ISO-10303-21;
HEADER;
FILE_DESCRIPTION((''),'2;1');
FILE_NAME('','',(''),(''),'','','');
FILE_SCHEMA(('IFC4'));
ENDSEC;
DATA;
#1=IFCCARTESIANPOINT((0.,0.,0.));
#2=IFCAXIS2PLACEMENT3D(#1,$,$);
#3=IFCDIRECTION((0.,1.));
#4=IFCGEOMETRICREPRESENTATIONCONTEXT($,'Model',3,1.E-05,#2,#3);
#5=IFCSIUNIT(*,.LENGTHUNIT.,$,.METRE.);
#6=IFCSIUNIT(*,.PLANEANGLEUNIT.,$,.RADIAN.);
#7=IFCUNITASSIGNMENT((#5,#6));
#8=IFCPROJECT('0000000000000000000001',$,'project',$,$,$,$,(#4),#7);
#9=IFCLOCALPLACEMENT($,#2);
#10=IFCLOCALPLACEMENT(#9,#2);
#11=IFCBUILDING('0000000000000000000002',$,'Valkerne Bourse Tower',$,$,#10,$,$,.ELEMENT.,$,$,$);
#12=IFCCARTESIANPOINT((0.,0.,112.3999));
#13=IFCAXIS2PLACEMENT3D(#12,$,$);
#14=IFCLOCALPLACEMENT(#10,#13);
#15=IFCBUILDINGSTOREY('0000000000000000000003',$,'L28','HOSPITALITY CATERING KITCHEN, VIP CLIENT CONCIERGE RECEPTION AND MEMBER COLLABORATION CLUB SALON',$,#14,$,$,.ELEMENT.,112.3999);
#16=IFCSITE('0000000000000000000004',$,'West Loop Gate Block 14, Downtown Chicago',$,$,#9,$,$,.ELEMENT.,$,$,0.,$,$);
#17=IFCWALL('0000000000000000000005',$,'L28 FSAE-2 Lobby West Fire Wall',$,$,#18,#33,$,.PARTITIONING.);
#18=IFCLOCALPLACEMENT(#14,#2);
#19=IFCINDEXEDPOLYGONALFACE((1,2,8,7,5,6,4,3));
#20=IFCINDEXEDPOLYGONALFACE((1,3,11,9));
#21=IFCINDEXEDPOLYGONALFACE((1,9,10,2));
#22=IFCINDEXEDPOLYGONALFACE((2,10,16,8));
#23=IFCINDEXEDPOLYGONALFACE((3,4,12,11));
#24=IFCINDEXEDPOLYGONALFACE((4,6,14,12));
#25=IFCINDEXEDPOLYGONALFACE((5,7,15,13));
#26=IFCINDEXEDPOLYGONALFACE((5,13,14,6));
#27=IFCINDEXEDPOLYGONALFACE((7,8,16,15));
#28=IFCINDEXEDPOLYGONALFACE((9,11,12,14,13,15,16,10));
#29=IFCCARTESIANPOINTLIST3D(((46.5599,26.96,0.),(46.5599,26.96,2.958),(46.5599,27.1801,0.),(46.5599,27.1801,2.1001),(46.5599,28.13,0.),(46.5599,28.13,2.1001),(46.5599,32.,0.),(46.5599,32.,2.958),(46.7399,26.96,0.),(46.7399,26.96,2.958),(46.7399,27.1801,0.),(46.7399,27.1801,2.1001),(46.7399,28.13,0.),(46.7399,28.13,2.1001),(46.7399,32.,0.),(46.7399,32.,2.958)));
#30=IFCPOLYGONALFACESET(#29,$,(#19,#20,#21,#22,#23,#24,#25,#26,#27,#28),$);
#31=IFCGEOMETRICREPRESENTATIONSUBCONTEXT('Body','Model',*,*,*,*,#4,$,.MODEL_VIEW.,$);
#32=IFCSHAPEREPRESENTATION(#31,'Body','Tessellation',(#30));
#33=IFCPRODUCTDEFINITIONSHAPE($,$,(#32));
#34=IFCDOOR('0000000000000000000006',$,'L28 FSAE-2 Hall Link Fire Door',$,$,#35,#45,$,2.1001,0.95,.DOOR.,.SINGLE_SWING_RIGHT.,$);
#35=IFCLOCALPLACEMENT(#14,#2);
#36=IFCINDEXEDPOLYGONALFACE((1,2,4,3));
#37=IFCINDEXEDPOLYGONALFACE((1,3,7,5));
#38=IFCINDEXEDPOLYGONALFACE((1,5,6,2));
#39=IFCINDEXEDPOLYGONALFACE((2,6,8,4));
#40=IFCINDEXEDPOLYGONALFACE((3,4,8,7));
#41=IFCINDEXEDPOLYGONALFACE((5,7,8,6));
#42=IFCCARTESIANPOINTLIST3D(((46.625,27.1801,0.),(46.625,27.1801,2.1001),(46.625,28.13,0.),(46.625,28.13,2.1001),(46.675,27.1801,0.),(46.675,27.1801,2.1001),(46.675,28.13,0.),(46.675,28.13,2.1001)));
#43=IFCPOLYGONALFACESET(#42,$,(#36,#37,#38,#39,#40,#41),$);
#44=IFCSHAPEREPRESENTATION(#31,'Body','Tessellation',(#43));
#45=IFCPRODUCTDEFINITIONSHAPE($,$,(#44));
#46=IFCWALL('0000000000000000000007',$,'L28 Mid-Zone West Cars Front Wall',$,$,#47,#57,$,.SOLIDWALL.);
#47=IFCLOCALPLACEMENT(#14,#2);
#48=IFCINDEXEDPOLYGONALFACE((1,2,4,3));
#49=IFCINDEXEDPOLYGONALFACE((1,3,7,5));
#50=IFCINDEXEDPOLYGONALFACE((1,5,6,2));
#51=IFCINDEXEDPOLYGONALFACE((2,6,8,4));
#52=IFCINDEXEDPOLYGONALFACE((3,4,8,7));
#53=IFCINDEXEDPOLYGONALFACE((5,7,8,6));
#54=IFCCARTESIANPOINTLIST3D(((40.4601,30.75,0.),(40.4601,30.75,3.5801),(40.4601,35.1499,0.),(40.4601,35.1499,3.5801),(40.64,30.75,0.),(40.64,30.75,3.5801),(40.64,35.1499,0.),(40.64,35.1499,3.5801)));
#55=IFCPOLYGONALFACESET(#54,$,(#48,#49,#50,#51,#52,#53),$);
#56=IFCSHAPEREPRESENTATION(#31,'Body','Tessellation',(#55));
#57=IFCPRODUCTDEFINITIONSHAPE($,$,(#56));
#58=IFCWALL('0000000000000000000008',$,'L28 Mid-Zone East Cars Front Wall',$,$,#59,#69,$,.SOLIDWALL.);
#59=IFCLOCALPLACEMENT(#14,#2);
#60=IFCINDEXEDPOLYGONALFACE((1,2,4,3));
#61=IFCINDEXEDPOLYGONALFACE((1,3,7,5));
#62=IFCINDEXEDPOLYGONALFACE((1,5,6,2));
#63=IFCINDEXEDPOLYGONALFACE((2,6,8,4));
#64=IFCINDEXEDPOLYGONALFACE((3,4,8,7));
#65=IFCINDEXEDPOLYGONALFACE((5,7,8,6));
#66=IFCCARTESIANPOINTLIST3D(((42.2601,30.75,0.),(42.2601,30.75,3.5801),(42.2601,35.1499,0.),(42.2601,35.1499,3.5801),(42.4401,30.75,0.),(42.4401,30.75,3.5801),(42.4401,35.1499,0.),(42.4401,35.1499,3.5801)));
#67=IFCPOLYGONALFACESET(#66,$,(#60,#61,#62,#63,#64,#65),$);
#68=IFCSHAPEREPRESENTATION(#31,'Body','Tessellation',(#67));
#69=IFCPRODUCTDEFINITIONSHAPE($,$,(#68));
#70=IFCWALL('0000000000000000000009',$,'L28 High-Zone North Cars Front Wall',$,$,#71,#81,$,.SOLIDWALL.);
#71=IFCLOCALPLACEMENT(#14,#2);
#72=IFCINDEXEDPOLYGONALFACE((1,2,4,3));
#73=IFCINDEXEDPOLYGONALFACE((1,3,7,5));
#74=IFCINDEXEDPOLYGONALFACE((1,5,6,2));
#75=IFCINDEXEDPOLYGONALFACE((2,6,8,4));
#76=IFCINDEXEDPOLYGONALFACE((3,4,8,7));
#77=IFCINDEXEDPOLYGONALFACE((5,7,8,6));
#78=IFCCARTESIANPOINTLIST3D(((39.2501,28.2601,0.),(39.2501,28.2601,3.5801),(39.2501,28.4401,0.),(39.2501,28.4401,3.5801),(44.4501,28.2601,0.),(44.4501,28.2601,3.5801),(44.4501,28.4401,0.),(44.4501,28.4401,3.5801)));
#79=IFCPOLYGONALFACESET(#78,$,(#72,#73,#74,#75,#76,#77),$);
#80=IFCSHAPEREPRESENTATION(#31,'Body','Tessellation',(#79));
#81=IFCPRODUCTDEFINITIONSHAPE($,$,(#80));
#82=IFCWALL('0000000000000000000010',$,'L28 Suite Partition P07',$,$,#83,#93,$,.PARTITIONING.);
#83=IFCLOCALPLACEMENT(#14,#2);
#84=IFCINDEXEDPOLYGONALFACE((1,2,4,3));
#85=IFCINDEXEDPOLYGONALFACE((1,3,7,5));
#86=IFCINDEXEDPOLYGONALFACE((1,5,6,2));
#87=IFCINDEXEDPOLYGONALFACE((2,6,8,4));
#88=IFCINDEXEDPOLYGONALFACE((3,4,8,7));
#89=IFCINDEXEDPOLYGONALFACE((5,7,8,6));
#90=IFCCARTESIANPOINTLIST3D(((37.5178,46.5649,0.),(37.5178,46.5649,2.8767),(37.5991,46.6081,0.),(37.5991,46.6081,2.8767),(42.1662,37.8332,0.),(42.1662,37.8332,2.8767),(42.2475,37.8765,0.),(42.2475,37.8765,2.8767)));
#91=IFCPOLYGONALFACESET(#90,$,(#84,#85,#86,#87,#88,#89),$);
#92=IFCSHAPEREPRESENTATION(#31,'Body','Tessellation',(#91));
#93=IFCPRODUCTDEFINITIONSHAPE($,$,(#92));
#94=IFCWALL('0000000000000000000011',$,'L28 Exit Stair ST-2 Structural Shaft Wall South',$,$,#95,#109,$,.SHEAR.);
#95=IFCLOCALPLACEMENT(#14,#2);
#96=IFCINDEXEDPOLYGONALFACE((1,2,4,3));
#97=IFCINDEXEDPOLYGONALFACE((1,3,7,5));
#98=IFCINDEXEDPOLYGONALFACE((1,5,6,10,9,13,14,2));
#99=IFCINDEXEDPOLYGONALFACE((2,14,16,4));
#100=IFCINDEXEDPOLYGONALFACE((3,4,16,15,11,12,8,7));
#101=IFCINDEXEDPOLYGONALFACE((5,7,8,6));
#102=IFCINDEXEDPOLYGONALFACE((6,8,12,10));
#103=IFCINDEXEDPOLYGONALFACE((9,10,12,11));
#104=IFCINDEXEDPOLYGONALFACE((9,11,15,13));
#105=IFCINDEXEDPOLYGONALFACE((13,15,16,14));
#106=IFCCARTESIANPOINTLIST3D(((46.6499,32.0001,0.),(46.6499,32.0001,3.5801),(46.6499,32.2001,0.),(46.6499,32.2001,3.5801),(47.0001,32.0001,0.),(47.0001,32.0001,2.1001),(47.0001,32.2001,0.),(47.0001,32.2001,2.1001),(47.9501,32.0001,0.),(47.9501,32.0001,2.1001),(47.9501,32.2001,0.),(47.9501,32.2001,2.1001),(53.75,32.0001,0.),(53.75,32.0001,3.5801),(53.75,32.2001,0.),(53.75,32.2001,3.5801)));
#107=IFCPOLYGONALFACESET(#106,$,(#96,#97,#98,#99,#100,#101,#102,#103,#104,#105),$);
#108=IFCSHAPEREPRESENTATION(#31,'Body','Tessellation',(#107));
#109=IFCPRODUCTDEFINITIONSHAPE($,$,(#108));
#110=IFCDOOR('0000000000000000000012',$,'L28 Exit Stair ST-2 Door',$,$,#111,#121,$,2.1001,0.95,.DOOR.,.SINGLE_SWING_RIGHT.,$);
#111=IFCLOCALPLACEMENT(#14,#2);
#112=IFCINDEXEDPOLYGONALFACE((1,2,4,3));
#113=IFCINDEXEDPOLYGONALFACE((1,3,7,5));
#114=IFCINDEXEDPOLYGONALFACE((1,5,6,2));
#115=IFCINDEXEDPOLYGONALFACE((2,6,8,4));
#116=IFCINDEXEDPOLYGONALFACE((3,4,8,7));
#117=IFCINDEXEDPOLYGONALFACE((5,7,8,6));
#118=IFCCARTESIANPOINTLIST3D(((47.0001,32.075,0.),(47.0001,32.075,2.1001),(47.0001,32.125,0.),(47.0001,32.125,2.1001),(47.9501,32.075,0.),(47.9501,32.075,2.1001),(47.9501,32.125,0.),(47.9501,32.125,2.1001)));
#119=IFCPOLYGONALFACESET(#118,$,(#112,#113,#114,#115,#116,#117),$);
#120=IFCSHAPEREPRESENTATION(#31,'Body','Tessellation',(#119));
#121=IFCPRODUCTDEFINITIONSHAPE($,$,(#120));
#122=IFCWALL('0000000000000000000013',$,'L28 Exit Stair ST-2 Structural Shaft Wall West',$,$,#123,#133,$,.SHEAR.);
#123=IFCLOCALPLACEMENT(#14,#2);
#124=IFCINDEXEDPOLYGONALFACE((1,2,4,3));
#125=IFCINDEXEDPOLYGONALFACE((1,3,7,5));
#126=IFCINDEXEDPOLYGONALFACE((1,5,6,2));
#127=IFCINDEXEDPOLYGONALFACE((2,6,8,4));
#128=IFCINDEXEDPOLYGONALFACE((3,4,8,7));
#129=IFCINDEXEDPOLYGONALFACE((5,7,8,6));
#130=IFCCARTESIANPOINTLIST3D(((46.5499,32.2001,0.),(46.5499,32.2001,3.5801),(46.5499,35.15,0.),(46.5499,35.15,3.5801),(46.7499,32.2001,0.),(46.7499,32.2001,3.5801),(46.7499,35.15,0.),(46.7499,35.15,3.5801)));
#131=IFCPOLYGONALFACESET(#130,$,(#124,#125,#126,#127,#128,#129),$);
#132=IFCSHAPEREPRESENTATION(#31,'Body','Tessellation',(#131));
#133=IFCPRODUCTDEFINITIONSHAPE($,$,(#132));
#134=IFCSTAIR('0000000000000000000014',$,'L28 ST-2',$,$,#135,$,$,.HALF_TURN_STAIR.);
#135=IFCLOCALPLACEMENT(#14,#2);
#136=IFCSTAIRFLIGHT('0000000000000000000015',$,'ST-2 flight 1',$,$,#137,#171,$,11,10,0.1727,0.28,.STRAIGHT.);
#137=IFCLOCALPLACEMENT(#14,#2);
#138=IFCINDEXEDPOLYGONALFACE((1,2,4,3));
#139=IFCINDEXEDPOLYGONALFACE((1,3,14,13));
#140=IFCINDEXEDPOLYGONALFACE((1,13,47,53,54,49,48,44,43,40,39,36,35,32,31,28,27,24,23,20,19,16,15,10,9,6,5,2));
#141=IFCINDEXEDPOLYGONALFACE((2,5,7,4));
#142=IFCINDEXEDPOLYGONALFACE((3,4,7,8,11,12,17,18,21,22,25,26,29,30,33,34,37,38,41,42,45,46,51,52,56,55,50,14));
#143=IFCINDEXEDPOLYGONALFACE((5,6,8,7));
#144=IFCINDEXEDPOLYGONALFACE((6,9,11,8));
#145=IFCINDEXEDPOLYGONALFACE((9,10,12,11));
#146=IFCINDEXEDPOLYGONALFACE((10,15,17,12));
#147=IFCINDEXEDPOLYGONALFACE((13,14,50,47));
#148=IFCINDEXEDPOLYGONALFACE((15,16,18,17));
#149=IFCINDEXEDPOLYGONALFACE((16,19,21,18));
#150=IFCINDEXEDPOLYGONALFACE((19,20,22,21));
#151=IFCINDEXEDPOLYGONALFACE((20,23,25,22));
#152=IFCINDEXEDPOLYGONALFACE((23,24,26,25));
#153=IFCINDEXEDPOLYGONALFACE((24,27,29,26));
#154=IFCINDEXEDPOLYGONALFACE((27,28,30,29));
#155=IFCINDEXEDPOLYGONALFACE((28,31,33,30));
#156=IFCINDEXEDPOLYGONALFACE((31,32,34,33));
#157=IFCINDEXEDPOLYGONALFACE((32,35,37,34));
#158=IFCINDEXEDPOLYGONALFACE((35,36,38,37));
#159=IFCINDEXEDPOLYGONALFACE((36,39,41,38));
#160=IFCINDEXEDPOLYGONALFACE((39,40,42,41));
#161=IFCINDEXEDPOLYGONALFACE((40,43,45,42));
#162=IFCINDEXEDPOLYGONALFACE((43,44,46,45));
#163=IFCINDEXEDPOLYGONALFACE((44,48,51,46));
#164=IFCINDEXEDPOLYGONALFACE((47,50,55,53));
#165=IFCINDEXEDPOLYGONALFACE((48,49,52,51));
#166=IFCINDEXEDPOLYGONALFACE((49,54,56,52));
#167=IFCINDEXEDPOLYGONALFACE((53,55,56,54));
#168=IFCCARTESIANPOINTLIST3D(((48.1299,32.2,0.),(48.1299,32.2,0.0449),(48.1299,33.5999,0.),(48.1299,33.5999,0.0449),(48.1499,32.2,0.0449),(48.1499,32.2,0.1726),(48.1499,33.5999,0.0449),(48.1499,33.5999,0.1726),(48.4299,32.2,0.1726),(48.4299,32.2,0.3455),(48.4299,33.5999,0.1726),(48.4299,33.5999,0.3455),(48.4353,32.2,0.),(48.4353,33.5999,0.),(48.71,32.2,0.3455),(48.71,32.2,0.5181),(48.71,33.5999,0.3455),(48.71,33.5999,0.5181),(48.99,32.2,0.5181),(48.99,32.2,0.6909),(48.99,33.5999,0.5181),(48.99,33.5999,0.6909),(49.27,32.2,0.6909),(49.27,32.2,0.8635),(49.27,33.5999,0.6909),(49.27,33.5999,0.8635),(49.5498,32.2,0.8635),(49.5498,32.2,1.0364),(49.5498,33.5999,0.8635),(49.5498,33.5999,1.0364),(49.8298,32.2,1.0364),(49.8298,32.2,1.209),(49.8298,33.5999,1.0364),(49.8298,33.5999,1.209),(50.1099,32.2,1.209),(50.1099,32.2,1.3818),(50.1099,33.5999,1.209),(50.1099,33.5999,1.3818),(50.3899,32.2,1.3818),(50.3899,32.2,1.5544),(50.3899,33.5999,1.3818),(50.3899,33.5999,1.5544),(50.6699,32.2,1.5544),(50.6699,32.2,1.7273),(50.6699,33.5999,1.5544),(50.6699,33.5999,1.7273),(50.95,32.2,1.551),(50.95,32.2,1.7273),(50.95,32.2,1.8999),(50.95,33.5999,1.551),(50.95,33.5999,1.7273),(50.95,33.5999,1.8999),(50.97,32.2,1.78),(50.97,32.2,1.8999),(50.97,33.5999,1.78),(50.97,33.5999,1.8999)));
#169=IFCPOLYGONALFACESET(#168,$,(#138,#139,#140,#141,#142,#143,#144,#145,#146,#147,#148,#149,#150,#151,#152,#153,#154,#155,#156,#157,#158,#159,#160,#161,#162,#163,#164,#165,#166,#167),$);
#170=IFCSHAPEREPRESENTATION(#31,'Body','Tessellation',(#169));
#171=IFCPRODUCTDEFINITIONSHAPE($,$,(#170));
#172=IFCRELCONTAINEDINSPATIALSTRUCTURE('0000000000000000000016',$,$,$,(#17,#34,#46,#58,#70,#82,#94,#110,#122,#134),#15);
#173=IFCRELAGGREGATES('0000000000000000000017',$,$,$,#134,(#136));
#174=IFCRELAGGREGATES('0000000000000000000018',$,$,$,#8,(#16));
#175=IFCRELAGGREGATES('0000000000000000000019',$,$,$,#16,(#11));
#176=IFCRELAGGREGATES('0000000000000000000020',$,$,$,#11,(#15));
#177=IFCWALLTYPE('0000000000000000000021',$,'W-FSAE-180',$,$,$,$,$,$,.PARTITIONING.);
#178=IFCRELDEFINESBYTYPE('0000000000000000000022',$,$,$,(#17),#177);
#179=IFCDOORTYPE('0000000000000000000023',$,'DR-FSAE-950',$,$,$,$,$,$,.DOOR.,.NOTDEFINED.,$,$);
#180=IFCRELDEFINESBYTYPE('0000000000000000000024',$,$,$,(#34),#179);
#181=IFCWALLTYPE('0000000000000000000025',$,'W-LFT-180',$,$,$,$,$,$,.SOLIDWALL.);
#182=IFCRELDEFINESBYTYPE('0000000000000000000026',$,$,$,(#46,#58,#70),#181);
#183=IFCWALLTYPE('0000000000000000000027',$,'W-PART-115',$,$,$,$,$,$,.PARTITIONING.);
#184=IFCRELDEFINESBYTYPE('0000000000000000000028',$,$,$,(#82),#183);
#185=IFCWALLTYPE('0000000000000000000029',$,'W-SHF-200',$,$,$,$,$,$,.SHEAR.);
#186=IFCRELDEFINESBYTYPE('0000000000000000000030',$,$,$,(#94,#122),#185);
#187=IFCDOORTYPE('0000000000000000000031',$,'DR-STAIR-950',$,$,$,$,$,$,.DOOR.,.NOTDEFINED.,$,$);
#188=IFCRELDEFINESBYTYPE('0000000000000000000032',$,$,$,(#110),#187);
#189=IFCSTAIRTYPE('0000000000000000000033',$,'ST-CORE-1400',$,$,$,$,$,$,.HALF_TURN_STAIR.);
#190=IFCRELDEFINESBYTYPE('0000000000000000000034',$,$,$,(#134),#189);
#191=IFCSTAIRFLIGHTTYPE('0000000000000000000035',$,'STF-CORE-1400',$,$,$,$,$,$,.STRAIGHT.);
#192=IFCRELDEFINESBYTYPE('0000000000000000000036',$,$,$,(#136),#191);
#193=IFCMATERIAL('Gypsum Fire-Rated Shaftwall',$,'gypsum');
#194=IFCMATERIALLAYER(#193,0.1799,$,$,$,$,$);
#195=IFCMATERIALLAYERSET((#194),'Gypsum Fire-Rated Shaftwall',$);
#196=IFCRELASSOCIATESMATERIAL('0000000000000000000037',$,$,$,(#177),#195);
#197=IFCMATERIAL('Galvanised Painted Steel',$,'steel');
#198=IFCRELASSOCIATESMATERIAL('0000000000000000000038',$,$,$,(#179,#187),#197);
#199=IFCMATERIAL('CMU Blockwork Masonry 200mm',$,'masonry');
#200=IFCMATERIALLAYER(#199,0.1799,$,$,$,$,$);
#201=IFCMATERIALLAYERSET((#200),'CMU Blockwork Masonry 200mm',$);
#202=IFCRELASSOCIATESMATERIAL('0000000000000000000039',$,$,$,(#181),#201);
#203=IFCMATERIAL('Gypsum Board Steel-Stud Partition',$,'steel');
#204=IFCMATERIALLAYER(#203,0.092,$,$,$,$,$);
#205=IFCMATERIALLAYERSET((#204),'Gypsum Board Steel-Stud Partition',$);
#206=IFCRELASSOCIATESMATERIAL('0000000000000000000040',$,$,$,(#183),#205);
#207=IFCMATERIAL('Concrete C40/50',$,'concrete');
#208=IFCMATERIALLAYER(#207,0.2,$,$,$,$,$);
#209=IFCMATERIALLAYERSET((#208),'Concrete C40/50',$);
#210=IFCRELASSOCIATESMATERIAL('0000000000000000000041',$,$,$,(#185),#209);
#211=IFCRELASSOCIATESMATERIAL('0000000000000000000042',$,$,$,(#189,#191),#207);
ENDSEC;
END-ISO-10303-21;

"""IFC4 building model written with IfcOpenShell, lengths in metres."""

from ifc_helpers import new_model, si_unit, direction, frame, frame_2d, origin, place, context, subcontext, project, spatial, polyline, rectangle, outline, extrude, material, layer, layer_set, type_object, element, fill, aggregate, save


model = new_model("IFC4")

# Units and contexts
model_context = context("Model", 3, precision=1e-05, world=origin(), true_north=direction((0.0, 1.0)))
body_context = subcontext(model_context, "Body", "Model", "MODEL_VIEW")
ifc_project = project(units=[si_unit("LENGTHUNIT", "METRE"), si_unit("PLANEANGLEUNIT", "RADIAN")], contexts=[model_context])

# Site, building, storey
site_placement = place(None, origin())
site = spatial("IfcSite", under=ifc_project, at=site_placement, Name="West Loop Gate Block 14, Downtown Chicago", CompositionType="ELEMENT", RefElevation=0.0)
building_placement = place(site_placement, origin())
building = spatial("IfcBuilding", under=site, at=building_placement, Name="Valkerne Bourse Tower", CompositionType="ELEMENT")
storey_placement = place(building_placement, frame((0.0, 0.0, 112.3999)))
storey = spatial("IfcBuildingStorey", under=building, at=storey_placement, Name="L28", Description="HOSPITALITY CATERING KITCHEN, VIP CLIENT CONCIERGE RECEPTION AND MEMBER COLLABORATION CLUB SALON", CompositionType="ELEMENT", Elevation=112.3999)

# Wall, opening, door
ifc_material_1 = material(Name="Gypsum Fire-Rated Shaftwall", Category="gypsum")
ifc_layer_1 = layer(ifc_material_1, 0.1799)
ifc_layer_set_1 = layer_set([ifc_layer_1], Name="Gypsum Fire-Rated Shaftwall")
wall_type_1 = type_object("IfcWallType", Name="W-FSAE-180", PredefinedType="PARTITIONING", material=ifc_layer_set_1)
wall_1_placement = place(storey_placement, frame((46.6499, 26.96, 0.0), z_axis=(0.0, 0.0, 1.0), x_axis=(0.0, 1.0, 0.0)))
wall_1 = element("IfcWall", 1, at=wall_1_placement, inside=storey, type_object=wall_type_1, Name="L28 FSAE-2 Lobby West Fire Wall", PredefinedType="PARTITIONING", context=body_context, shape_type="SweptSolid", body=[
    extrude(rectangle(XDim=5.04, YDim=0.1799, at=frame_2d((2.52, 0.0))), origin(), (0.0, 0.0, 1.0), 2.958),
])
opening_1_placement = place(wall_1_placement, frame((0.22, 0.0, 0.0)))
opening_1 = element("IfcOpeningElement", 2, at=opening_1_placement, cuts=wall_1, PredefinedType="OPENING", context=body_context, shape_type="SweptSolid", body=[
    extrude(rectangle(XDim=0.95, YDim=2.1001, at=frame_2d((0.4751, 1.05))), frame((0.0, 0.0999, 0.0), z_axis=(0.0, -1.0, 0.0), x_axis=(1.0, 0.0, 0.0)), (0.0, 0.0, 1.0), 0.2),
])
ifc_material_2 = material(Name="Galvanised Painted Steel", Category="steel")
door_type_1 = type_object("IfcDoorType", Name="DR-FSAE-950", OperationType="NOTDEFINED", PredefinedType="DOOR", material=ifc_material_2)
door_1_placement = place(opening_1_placement, origin())
door_1 = element("IfcDoor", 3, at=door_1_placement, inside=storey, type_object=door_type_1, Name="L28 FSAE-2 Hall Link Fire Door", OperationType="SINGLE_SWING_RIGHT", OverallHeight=2.1001, OverallWidth=0.95, PredefinedType="DOOR", context=body_context, shape_type="SweptSolid", body=[
    extrude(rectangle(XDim=0.95, YDim=2.1001, at=frame_2d((0.4751, 1.05))), frame((0.0, 0.0249, 0.0), z_axis=(0.0, -1.0, 0.0), x_axis=(1.0, 0.0, 0.0)), (0.0, 0.0, 1.0), 0.05),
])
fill(opening_1, door_1)

# Walls
ifc_material_3 = material(Name="CMU Blockwork Masonry 200mm", Category="masonry")
ifc_layer_2 = layer(ifc_material_3, 0.1799)
ifc_layer_set_2 = layer_set([ifc_layer_2], Name="CMU Blockwork Masonry 200mm")
wall_type_2 = type_object("IfcWallType", Name="W-LFT-180", PredefinedType="SOLIDWALL", material=ifc_layer_set_2)
for number, where, z_axis, x_axis, name in (
    (4, (40.55, 30.75, 0.0), (0.0, 0.0, 1.0), (0.0, 1.0, 0.0), "L28 Mid-Zone West Cars Front Wall"),
    (5, (42.3501, 30.75, 0.0), (0.0, 0.0, 1.0), (0.0, 1.0, 0.0), "L28 Mid-Zone East Cars Front Wall"),
):
    element("IfcWall", number, at=place(storey_placement, frame(where, z_axis=z_axis, x_axis=x_axis)), inside=storey, type_object=wall_type_2, Name=name, PredefinedType="SOLIDWALL", context=body_context, shape_type="SweptSolid", body=[
        extrude(rectangle(XDim=4.3999, YDim=0.1799, at=frame_2d((2.2, 0.0))), origin(), (0.0, 0.0, 1.0), 3.5801),
    ])
wall_2_placement = place(storey_placement, frame((39.25, 28.3501, 0.0), z_axis=(0.0, 0.0, 1.0), x_axis=(1.0, 0.0, 0.0)))
element("IfcWall", 6, at=wall_2_placement, inside=storey, type_object=wall_type_2, Name="L28 High-Zone North Cars Front Wall", PredefinedType="SOLIDWALL", context=body_context, shape_type="SweptSolid", body=[
    extrude(rectangle(XDim=5.2, YDim=0.1799, at=frame_2d((2.6001, 0.0))), origin(), (0.0, 0.0, 1.0), 3.5801),
])
ifc_material_4 = material(Name="Gypsum Board Steel-Stud Partition", Category="steel")
ifc_layer_3 = layer(ifc_material_4, 0.092)
ifc_layer_set_3 = layer_set([ifc_layer_3], Name="Gypsum Board Steel-Stud Partition")
wall_type_3 = type_object("IfcWallType", Name="W-PART-115", PredefinedType="PARTITIONING", material=ifc_layer_set_3)
wall_3_placement = place(storey_placement, frame((42.2068, 37.855, 0.0), z_axis=(0.0, 0.0, 1.0), x_axis=(-0.469922, 0.882708, 0.0)))
element("IfcWall", 7, at=wall_3_placement, inside=storey, type_object=wall_type_3, Name="L28 Suite Partition P07", PredefinedType="PARTITIONING", context=body_context, shape_type="SweptSolid", body=[
    extrude(rectangle(XDim=9.8918, YDim=0.092, at=frame_2d((4.9458, 0.0))), origin(), (0.0, 0.0, 1.0), 2.8767),
])

# Wall, opening, door
ifc_material_5 = material(Name="Concrete C40/50", Category="concrete")
ifc_layer_4 = layer(ifc_material_5, 0.2)
ifc_layer_set_4 = layer_set([ifc_layer_4], Name="Concrete C40/50")
wall_type_4 = type_object("IfcWallType", Name="W-SHF-200", PredefinedType="SHEAR", material=ifc_layer_set_4)
wall_4_placement = place(storey_placement, frame((46.6499, 32.1001, 0.0), z_axis=(0.0, 0.0, 1.0), x_axis=(1.0, 0.0, 0.0)))
wall_4 = element("IfcWall", 8, at=wall_4_placement, inside=storey, type_object=wall_type_4, Name="L28 Exit Stair ST-2 Structural Shaft Wall South", PredefinedType="SHEAR", context=body_context, shape_type="SweptSolid", body=[
    extrude(rectangle(XDim=7.1001, YDim=0.2, at=frame_2d((3.55, 0.0))), origin(), (0.0, 0.0, 1.0), 3.5801),
])
opening_2_placement = place(wall_4_placement, frame((0.3501, 0.0, 0.0)))
opening_2 = element("IfcOpeningElement", 9, at=opening_2_placement, cuts=wall_4, PredefinedType="OPENING", context=body_context, shape_type="SweptSolid", body=[
    extrude(rectangle(XDim=0.95, YDim=2.1001, at=frame_2d((0.4751, 1.05))), frame((0.0, 0.1099, 0.0), z_axis=(0.0, -1.0, 0.0), x_axis=(1.0, 0.0, 0.0)), (0.0, 0.0, 1.0), 0.22),
])
door_type_2 = type_object("IfcDoorType", Name="DR-STAIR-950", OperationType="NOTDEFINED", PredefinedType="DOOR", material=ifc_material_2)
door_2_placement = place(opening_2_placement, origin())
door_2 = element("IfcDoor", 10, at=door_2_placement, inside=storey, type_object=door_type_2, Name="L28 Exit Stair ST-2 Door", OperationType="SINGLE_SWING_RIGHT", OverallHeight=2.1001, OverallWidth=0.95, PredefinedType="DOOR", context=body_context, shape_type="SweptSolid", body=[
    extrude(rectangle(XDim=0.95, YDim=2.1001, at=frame_2d((0.4751, 1.05))), frame((0.0, 0.0249, 0.0), z_axis=(0.0, -1.0, 0.0), x_axis=(1.0, 0.0, 0.0)), (0.0, 0.0, 1.0), 0.05),
])
fill(opening_2, door_2)

# Wall
wall_5_placement = place(storey_placement, frame((46.6499, 32.2, 0.0), z_axis=(0.0, 0.0, 1.0), x_axis=(0.0, 1.0, 0.0)))
element("IfcWall", 11, at=wall_5_placement, inside=storey, type_object=wall_type_4, Name="L28 Exit Stair ST-2 Structural Shaft Wall West", PredefinedType="SHEAR", context=body_context, shape_type="SweptSolid", body=[
    extrude(rectangle(XDim=2.95, YDim=0.2, at=frame_2d((1.4751, 0.0))), origin(), (0.0, 0.0, 1.0), 3.5801),
])

# Stair, stair flight
stair_type = type_object("IfcStairType", Name="ST-CORE-1400", PredefinedType="HALF_TURN_STAIR", material=ifc_material_5)
stair_placement = place(storey_placement, origin())
stair = element("IfcStair", 12, at=stair_placement, inside=storey, type_object=stair_type, Name="L28 ST-2", PredefinedType="HALF_TURN_STAIR")
stair_flight_type = type_object("IfcStairFlightType", Name="STF-CORE-1400", PredefinedType="STRAIGHT", material=ifc_material_5)
stair_flight_placement = place(storey_placement, frame((48.1499, 32.8999, 0.0), z_axis=(0.0, 0.0, 1.0), x_axis=(1.0, 0.0, 0.0)))
stair_flight = element("IfcStairFlight", 13, at=stair_flight_placement, type_object=stair_flight_type, Name="ST-2 flight 1", NumberOfRisers=11, NumberOfTreads=10, PredefinedType="STRAIGHT", RiserHeight=0.1727, TreadLength=0.28, context=body_context, shape_type="SweptSolid", body=[
    extrude(outline(polyline([(-0.02, 0.0), (-0.02, 0.0449), (0.0, 0.0449), (0.0, 0.1726), (0.28, 0.1726), (0.28, 0.3455), (0.5601, 0.3455), (0.5601, 0.5181), (0.8401, 0.5181), (0.8401, 0.6909), (1.1201, 0.6909), (1.1201, 0.8635), (1.3999, 0.8635), (1.3999, 1.0364), (1.6799, 1.0364), (1.6799, 1.209), (1.96, 1.209), (1.96, 1.3818), (2.24, 1.3818), (2.24, 1.5544), (2.52, 1.5544), (2.52, 1.7273), (2.8, 1.7273), (2.8, 1.8999), (2.8201, 1.8999), (2.8201, 1.78), (2.8, 1.551), (0.2854, 0.0), (-0.02, 0.0)])), frame((0.0, 0.7, 0.0), z_axis=(0.0, -1.0, 0.0), x_axis=(1.0, 0.0, 0.0)), (0.0, 0.0, 1.0), 1.3999),
])
aggregate(stair, [stair_flight])

save(model, "model.ifc")
